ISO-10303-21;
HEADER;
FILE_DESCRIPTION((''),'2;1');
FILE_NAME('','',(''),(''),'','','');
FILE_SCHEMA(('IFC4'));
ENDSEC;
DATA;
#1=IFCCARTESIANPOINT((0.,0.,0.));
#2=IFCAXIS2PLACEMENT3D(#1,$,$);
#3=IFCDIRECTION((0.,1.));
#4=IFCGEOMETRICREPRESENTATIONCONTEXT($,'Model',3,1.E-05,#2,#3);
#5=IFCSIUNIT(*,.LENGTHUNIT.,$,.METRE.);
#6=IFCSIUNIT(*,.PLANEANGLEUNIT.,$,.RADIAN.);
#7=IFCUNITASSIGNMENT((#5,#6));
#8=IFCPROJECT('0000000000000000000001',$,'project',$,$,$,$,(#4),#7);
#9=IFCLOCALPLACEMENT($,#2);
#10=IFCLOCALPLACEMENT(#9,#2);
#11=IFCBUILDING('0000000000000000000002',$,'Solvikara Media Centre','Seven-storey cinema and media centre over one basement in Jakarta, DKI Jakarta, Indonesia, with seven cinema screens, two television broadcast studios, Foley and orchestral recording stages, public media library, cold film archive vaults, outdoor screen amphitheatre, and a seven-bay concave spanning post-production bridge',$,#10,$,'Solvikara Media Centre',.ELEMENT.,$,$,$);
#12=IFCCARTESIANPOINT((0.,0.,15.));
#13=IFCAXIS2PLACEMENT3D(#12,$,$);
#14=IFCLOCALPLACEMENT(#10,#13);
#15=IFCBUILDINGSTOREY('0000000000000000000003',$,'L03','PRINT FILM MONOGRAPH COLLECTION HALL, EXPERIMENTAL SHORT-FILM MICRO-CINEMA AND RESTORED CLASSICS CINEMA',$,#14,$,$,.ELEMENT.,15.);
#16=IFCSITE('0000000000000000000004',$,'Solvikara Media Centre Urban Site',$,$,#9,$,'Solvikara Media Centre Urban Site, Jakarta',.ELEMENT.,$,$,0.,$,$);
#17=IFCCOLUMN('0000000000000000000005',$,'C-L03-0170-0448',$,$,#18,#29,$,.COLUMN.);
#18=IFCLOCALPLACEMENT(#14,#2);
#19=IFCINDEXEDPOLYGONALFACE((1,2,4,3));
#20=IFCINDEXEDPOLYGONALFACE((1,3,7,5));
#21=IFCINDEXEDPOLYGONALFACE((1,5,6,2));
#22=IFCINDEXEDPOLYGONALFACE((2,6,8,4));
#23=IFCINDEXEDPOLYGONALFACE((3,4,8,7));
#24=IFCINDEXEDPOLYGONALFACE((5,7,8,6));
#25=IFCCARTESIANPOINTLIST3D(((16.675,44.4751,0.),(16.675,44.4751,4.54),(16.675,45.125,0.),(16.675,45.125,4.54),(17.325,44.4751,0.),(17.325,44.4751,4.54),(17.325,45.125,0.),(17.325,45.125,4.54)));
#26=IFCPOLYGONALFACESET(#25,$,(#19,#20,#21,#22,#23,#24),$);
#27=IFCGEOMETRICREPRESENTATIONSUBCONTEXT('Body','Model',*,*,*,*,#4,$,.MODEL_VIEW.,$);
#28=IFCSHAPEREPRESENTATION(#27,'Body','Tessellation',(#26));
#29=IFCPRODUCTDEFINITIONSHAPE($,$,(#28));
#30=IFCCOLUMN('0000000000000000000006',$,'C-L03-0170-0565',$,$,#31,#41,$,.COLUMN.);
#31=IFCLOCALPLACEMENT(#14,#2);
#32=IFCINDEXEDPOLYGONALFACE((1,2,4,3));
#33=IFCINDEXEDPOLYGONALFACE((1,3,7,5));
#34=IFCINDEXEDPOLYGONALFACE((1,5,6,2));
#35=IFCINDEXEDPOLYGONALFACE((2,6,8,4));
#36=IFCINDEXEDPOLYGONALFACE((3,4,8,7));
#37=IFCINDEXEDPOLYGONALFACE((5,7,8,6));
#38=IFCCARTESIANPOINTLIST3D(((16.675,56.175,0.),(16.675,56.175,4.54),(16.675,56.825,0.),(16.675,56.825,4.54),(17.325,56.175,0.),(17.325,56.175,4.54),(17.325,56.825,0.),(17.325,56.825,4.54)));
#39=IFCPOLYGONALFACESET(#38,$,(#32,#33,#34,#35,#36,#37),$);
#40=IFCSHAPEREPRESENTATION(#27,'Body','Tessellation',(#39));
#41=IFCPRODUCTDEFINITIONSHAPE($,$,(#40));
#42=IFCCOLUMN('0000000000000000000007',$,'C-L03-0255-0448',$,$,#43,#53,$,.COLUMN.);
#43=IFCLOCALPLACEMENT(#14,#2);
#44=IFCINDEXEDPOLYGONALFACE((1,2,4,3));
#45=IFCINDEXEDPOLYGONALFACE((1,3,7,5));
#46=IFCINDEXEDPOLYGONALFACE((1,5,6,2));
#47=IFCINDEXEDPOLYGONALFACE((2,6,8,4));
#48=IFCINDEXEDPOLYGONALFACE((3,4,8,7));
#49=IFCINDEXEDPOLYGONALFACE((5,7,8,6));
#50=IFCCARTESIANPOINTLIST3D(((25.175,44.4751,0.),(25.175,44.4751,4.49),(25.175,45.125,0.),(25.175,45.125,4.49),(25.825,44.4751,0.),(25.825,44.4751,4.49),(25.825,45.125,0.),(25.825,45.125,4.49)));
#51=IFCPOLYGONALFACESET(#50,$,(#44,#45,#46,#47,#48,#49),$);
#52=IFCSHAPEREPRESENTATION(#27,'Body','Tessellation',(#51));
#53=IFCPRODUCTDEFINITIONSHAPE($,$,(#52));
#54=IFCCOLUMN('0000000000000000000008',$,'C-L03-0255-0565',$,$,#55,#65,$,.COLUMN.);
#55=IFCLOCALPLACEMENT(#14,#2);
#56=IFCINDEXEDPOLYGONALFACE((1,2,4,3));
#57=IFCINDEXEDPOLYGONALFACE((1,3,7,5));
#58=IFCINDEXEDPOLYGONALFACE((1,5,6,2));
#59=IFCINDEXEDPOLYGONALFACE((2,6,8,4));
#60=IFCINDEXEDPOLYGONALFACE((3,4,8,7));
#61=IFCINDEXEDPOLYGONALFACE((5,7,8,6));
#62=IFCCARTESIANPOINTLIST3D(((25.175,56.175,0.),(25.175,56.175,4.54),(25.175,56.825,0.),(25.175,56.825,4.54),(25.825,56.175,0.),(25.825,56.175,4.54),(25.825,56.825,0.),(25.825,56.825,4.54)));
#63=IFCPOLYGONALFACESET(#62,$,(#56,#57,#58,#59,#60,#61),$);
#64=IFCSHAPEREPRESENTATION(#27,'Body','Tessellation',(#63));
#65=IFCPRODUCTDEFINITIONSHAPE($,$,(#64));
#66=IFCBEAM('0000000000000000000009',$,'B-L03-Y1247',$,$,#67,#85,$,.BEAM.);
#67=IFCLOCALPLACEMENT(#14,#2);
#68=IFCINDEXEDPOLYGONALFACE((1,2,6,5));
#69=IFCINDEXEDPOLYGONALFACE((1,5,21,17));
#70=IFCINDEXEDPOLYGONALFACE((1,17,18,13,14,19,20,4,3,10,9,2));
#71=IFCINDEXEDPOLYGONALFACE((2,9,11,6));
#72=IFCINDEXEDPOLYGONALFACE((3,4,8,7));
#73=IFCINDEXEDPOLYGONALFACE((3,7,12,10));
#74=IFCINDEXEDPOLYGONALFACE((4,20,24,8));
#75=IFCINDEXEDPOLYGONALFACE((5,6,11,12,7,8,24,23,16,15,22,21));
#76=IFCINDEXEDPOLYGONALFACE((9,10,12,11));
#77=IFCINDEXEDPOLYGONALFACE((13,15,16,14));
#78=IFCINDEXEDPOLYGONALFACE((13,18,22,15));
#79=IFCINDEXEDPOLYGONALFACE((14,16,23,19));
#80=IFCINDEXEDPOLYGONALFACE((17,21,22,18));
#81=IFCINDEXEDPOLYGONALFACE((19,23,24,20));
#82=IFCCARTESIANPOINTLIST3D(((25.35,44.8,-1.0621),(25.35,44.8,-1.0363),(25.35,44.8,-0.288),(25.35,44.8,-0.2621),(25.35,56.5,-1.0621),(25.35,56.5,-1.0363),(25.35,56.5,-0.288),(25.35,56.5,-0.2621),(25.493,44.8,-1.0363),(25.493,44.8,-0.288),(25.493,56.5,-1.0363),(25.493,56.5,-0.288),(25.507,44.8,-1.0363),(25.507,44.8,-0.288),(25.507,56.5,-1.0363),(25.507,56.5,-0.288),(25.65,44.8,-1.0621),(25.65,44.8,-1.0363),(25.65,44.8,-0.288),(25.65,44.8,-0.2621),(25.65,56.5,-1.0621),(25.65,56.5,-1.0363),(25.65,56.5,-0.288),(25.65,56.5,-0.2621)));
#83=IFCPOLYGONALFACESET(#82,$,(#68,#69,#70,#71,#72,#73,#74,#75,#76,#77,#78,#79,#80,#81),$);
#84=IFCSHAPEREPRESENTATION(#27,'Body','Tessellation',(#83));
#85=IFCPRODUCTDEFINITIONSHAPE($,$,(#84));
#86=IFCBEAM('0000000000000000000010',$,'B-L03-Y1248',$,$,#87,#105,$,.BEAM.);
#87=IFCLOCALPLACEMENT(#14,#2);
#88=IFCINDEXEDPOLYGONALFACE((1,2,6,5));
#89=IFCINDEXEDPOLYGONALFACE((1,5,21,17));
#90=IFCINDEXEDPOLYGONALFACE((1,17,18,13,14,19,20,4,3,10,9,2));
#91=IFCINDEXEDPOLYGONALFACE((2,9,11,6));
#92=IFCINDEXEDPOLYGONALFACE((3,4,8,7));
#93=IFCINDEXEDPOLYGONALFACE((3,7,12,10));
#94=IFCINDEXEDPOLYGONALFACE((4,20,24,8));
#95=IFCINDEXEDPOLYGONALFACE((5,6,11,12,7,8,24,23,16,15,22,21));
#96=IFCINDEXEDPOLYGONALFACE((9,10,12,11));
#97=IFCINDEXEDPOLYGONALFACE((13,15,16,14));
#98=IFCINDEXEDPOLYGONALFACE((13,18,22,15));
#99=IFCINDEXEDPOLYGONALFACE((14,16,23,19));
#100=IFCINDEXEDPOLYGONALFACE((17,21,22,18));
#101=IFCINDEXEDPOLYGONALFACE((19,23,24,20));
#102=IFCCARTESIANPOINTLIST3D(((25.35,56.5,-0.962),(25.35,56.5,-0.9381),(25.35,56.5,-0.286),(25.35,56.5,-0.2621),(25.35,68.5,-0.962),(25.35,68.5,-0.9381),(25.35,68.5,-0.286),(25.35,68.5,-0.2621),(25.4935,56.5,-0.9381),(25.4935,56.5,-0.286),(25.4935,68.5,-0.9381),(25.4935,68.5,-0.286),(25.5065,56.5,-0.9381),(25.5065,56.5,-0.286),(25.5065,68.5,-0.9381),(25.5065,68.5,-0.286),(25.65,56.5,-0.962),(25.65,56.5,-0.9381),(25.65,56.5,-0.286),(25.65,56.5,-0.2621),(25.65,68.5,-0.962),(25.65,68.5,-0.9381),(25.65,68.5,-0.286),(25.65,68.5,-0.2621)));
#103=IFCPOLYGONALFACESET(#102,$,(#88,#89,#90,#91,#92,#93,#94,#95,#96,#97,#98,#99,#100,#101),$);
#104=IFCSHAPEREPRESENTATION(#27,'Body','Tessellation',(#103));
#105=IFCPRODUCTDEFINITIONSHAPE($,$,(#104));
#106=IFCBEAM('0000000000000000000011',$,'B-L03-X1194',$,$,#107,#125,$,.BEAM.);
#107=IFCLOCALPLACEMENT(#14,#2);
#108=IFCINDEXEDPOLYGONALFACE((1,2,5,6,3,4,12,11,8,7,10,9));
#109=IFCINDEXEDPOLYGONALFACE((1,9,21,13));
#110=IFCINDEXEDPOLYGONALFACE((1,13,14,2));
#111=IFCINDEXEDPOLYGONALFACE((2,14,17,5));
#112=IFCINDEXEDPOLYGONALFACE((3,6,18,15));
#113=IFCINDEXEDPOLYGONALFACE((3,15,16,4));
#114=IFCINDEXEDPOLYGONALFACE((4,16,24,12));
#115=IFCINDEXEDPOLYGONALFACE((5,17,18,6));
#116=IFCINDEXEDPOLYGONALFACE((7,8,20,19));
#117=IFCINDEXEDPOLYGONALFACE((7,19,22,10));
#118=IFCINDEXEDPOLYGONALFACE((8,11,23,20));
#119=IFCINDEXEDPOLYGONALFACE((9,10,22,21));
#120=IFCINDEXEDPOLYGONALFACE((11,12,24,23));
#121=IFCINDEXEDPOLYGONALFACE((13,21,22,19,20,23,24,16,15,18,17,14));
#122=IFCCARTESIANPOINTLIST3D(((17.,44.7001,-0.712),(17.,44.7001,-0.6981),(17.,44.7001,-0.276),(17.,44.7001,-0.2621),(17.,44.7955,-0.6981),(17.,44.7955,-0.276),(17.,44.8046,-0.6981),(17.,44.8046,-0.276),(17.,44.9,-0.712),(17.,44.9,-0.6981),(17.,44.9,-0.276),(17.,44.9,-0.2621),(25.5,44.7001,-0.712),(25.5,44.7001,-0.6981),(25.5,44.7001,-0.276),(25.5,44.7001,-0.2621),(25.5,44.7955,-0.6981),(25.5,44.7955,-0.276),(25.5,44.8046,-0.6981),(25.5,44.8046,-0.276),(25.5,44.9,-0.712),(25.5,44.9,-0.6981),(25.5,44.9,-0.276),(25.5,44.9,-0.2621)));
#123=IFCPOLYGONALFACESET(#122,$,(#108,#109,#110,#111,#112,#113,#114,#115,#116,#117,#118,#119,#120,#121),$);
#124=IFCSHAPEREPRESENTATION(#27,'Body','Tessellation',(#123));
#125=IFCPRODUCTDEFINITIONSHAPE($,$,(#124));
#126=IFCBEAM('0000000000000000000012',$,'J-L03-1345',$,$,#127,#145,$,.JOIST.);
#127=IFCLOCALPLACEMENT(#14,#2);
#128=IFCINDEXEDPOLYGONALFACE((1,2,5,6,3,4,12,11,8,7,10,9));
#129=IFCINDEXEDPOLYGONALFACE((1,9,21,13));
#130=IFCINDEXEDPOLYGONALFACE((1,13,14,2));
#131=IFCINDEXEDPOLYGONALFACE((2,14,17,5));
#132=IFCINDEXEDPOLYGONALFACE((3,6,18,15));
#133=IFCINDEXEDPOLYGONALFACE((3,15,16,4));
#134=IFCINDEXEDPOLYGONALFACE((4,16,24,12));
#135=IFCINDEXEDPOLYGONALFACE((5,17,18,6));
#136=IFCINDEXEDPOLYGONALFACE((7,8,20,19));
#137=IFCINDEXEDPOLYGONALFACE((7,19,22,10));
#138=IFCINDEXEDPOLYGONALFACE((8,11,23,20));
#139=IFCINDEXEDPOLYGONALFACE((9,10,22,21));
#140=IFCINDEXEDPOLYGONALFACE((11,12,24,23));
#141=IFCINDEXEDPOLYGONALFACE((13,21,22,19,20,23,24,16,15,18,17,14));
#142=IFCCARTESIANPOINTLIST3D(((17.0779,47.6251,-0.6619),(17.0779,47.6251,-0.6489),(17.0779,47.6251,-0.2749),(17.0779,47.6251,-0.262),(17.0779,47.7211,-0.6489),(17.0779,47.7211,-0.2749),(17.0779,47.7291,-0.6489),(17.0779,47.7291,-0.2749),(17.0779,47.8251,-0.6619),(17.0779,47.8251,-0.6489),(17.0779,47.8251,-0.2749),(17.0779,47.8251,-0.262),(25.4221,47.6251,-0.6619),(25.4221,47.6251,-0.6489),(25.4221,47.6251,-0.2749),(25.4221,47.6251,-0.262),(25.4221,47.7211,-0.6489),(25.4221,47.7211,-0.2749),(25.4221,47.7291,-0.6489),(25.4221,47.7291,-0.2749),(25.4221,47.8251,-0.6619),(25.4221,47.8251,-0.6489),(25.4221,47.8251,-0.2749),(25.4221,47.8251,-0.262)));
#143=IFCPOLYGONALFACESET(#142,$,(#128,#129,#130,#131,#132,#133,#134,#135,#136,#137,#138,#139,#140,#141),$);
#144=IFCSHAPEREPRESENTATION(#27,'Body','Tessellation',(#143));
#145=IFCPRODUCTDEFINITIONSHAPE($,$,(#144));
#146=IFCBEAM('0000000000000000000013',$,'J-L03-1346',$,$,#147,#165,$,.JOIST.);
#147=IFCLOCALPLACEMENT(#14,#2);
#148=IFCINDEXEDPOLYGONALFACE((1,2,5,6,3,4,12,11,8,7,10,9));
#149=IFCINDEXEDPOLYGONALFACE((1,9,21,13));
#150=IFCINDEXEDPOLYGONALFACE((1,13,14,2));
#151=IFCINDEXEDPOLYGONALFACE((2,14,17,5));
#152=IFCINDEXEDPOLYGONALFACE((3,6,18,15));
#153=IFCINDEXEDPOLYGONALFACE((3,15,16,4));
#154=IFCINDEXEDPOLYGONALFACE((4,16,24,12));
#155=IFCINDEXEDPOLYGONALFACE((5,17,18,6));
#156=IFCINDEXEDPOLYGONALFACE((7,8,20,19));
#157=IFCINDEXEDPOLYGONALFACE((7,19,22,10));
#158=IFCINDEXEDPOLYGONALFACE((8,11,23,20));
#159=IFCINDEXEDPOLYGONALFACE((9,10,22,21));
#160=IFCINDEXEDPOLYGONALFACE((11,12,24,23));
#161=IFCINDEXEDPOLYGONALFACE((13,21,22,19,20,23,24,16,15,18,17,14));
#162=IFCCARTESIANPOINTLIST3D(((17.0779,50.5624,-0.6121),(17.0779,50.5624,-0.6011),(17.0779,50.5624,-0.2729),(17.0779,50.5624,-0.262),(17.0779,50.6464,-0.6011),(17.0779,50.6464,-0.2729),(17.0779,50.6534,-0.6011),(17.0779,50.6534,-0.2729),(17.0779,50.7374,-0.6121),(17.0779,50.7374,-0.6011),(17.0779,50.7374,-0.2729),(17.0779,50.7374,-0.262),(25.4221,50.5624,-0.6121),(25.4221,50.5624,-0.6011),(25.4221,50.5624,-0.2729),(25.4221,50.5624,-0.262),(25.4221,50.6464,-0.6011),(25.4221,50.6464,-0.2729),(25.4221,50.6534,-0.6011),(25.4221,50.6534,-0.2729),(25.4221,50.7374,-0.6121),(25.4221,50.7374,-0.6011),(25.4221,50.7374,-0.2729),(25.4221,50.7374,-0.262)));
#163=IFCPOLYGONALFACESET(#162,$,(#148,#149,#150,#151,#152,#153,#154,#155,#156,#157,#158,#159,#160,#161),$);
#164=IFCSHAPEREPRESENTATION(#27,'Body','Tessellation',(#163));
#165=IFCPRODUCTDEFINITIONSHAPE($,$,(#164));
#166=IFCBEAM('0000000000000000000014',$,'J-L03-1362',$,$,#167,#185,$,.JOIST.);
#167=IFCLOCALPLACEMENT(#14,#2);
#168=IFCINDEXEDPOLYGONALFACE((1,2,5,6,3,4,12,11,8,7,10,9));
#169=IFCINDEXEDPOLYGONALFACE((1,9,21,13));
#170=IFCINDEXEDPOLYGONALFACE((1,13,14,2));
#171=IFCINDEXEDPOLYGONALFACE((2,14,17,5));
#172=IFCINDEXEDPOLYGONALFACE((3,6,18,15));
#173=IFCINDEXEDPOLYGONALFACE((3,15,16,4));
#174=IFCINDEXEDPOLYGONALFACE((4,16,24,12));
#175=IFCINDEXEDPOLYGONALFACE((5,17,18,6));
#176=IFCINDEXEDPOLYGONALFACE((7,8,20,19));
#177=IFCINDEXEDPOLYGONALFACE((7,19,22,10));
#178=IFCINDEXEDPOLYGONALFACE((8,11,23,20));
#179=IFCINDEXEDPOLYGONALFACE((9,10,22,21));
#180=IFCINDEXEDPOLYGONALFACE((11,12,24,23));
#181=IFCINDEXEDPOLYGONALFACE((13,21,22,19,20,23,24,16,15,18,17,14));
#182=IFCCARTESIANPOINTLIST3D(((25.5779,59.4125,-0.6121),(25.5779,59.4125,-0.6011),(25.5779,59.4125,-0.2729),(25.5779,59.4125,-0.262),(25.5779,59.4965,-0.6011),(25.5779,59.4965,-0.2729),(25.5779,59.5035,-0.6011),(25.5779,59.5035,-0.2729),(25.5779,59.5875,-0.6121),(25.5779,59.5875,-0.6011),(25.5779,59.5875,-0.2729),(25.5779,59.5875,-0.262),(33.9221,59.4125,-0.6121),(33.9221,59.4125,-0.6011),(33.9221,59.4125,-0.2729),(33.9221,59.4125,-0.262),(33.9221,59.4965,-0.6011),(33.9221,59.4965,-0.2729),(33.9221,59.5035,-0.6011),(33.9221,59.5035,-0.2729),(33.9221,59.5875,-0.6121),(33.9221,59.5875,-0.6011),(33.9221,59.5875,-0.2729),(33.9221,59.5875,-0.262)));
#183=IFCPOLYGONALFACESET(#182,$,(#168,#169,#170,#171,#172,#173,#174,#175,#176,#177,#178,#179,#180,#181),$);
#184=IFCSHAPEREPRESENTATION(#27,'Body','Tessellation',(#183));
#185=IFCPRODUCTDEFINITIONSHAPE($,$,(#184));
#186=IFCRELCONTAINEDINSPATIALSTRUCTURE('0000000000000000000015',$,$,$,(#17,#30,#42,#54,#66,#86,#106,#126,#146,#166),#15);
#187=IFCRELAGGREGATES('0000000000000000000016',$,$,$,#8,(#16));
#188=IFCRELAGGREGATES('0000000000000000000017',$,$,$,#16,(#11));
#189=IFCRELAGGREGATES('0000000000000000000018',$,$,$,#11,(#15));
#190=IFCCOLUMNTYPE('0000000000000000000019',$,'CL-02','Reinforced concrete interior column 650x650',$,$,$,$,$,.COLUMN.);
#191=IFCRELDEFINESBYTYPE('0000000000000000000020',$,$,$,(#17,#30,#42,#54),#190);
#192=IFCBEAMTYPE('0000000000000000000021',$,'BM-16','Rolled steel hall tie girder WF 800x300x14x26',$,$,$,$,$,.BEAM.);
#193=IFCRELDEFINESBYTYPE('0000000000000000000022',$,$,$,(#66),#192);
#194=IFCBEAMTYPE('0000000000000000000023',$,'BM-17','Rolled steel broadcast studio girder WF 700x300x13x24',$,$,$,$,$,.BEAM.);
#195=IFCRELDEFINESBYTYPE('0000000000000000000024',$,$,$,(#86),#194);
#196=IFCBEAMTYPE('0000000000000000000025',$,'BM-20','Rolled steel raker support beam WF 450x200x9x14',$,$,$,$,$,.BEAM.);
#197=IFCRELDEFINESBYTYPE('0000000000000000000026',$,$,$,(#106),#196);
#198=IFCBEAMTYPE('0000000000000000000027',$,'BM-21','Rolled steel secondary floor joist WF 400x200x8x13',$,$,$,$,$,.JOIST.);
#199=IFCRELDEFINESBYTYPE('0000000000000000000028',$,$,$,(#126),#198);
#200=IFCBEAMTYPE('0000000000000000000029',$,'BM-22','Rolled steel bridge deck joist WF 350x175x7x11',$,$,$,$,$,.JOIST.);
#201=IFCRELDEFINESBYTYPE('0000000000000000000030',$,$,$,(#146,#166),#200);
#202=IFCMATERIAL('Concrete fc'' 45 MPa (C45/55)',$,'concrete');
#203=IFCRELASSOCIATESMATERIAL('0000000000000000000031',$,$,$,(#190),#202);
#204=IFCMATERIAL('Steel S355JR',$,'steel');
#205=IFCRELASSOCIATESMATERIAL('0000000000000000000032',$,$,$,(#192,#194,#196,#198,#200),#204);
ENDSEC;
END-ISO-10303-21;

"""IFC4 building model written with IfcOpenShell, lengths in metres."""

from ifc_helpers import new_model, si_unit, direction, frame, origin, origin_2d, place, context, subcontext, project, spatial, rectangle, i_section, extrude, material, material_profile, profile_set, type_object, element, save


model = new_model("IFC4")

# Units and contexts
model_context = context("Model", 3, precision=1e-05, world=origin(), true_north=direction((0.0, 1.0)))
body_context = subcontext(model_context, "Body", "Model", "MODEL_VIEW")
ifc_project = project(units=[si_unit("LENGTHUNIT", "METRE"), si_unit("PLANEANGLEUNIT", "RADIAN")], contexts=[model_context])

# Site, building, storey
site_placement = place(None, origin())
site = spatial("IfcSite", under=ifc_project, at=site_placement, Name="Solvikara Media Centre Urban Site", LongName="Solvikara Media Centre Urban Site, Jakarta", CompositionType="ELEMENT", RefElevation=0.0)
building_placement = place(site_placement, origin())
building = spatial("IfcBuilding", under=site, at=building_placement, Name="Solvikara Media Centre", Description="Seven-storey cinema and media centre over one basement in Jakarta, DKI Jakarta, Indonesia, with seven cinema screens, two television broadcast studios, Foley and orchestral recording stages, public media library, cold film archive vaults, outdoor screen amphitheatre, and a seven-bay concave spanning post-production bridge", LongName="Solvikara Media Centre", CompositionType="ELEMENT")
storey_placement = place(building_placement, frame((0.0, 0.0, 15.0)))
storey = spatial("IfcBuildingStorey", under=building, at=storey_placement, Name="L03", Description="PRINT FILM MONOGRAPH COLLECTION HALL, EXPERIMENTAL SHORT-FILM MICRO-CINEMA AND RESTORED CLASSICS CINEMA", CompositionType="ELEMENT", Elevation=15.0)

# Columns
ifc_material_1 = material(Name="Concrete fc' 45 MPa (C45/55)", Category="concrete")
ifc_material_profile_1 = material_profile(ifc_material_1, rectangle(XDim=0.6499, YDim=0.6499, at=origin_2d()), Name="RC 650x650")
ifc_profile_set_1 = profile_set([ifc_material_profile_1], Name="Concrete fc' 45 MPa (C45/55)")
column_type = type_object("IfcColumnType", Name="CL-02", Description="Reinforced concrete interior column 650x650", PredefinedType="COLUMN", material=ifc_profile_set_1)
for number, where, z_axis, x_axis, name in (
    (1, (17.0, 44.8, 0.0), (0.0, 0.0, 1.0), (1.0, 0.0, 0.0), "C-L03-0170-0448"),
    (2, (17.0, 56.5, 0.0), (0.0, 0.0, 1.0), (1.0, 0.0, 0.0), "C-L03-0170-0565"),
):
    element("IfcColumn", number, at=place(storey_placement, frame(where, z_axis=z_axis, x_axis=x_axis)), inside=storey, type_object=column_type, Name=name, PredefinedType="COLUMN", context=body_context, shape_type="SweptSolid", body=[
        extrude(rectangle(XDim=0.6499, YDim=0.6499, at=origin_2d()), origin(), (0.0, 0.0, 1.0), 4.54),
    ])
column_1_placement = place(storey_placement, frame((25.5, 44.8, 0.0), z_axis=(0.0, 0.0, 1.0), x_axis=(1.0, 0.0, 0.0)))
element("IfcColumn", 3, at=column_1_placement, inside=storey, type_object=column_type, Name="C-L03-0255-0448", PredefinedType="COLUMN", context=body_context, shape_type="SweptSolid", body=[
    extrude(rectangle(XDim=0.6499, YDim=0.6499, at=origin_2d()), origin(), (0.0, 0.0, 1.0), 4.49),
])
column_2_placement = place(storey_placement, frame((25.5, 56.5, 0.0), z_axis=(0.0, 0.0, 1.0), x_axis=(1.0, 0.0, 0.0)))
element("IfcColumn", 4, at=column_2_placement, inside=storey, type_object=column_type, Name="C-L03-0255-0565", PredefinedType="COLUMN", context=body_context, shape_type="SweptSolid", body=[
    extrude(rectangle(XDim=0.6499, YDim=0.6499, at=origin_2d()), origin(), (0.0, 0.0, 1.0), 4.54),
])

# Beams
ifc_material_2 = material(Name="Steel S355JR", Category="steel")
ifc_material_profile_2 = material_profile(ifc_material_2, i_section(OverallWidth=0.3, OverallDepth=0.8, WebThickness=0.0139, FlangeThickness=0.0259, at=origin_2d()), Name="WF 800x300x14x26")
ifc_profile_set_2 = profile_set([ifc_material_profile_2], Name="Steel S355JR")
beam_type_1 = type_object("IfcBeamType", Name="BM-16", Description="Rolled steel hall tie girder WF 800x300x14x26", PredefinedType="BEAM", material=ifc_profile_set_2)
beam_1_placement = place(storey_placement, frame((25.5, 44.8, -0.6621), z_axis=(0.0, 1.0, 0.0), x_axis=(-1.0, 0.0, 0.0)))
element("IfcBeam", 5, at=beam_1_placement, inside=storey, type_object=beam_type_1, Name="B-L03-Y1247", PredefinedType="BEAM", context=body_context, shape_type="SweptSolid", body=[
    extrude(i_section(OverallWidth=0.3, OverallDepth=0.8, WebThickness=0.0139, FlangeThickness=0.0259, at=origin_2d()), origin(), (0.0, 0.0, 1.0), 11.7),
])
ifc_material_profile_3 = material_profile(ifc_material_2, i_section(OverallWidth=0.3, OverallDepth=0.7, WebThickness=0.0129, FlangeThickness=0.0239, at=origin_2d()), Name="WF 700x300x13x24")
ifc_profile_set_3 = profile_set([ifc_material_profile_3], Name="Steel S355JR")
beam_type_2 = type_object("IfcBeamType", Name="BM-17", Description="Rolled steel broadcast studio girder WF 700x300x13x24", PredefinedType="BEAM", material=ifc_profile_set_3)
beam_2_placement = place(storey_placement, frame((25.5, 56.5, -0.6121), z_axis=(0.0, 1.0, 0.0), x_axis=(-1.0, 0.0, 0.0)))
element("IfcBeam", 6, at=beam_2_placement, inside=storey, type_object=beam_type_2, Name="B-L03-Y1248", PredefinedType="BEAM", context=body_context, shape_type="SweptSolid", body=[
    extrude(i_section(OverallWidth=0.3, OverallDepth=0.7, WebThickness=0.0129, FlangeThickness=0.0239, at=origin_2d()), origin(), (0.0, 0.0, 1.0), 12.0),
])
ifc_material_profile_4 = material_profile(ifc_material_2, i_section(OverallWidth=0.2, OverallDepth=0.45, WebThickness=0.009, FlangeThickness=0.0139, at=origin_2d()), Name="WF 450x200x9x14")
ifc_profile_set_4 = profile_set([ifc_material_profile_4], Name="Steel S355JR")
beam_type_3 = type_object("IfcBeamType", Name="BM-20", Description="Rolled steel raker support beam WF 450x200x9x14", PredefinedType="BEAM", material=ifc_profile_set_4)
beam_3_placement = place(storey_placement, frame((17.0, 44.8, -0.4871), z_axis=(1.0, 0.0, 0.0), x_axis=(0.0, 1.0, 0.0)))
element("IfcBeam", 7, at=beam_3_placement, inside=storey, type_object=beam_type_3, Name="B-L03-X1194", PredefinedType="BEAM", context=body_context, shape_type="SweptSolid", body=[
    extrude(i_section(OverallWidth=0.2, OverallDepth=0.45, WebThickness=0.009, FlangeThickness=0.0139, at=origin_2d()), origin(), (0.0, 0.0, 1.0), 8.5),
])
ifc_material_profile_5 = material_profile(ifc_material_2, i_section(OverallWidth=0.2, OverallDepth=0.3999, WebThickness=0.0081, FlangeThickness=0.0129, at=origin_2d()), Name="WF 400x200x8x13")
ifc_profile_set_5 = profile_set([ifc_material_profile_5], Name="Steel S355JR")
beam_type_4 = type_object("IfcBeamType", Name="BM-21", Description="Rolled steel secondary floor joist WF 400x200x8x13", PredefinedType="JOIST", material=ifc_profile_set_5)
beam_4_placement = place(storey_placement, frame((17.0779, 47.7251, -0.4619), z_axis=(1.0, 0.0, 0.0), x_axis=(0.0, 1.0, 0.0)))
element("IfcBeam", 8, at=beam_4_placement, inside=storey, type_object=beam_type_4, Name="J-L03-1345", PredefinedType="JOIST", context=body_context, shape_type="SweptSolid", body=[
    extrude(i_section(OverallWidth=0.2, OverallDepth=0.3999, WebThickness=0.0081, FlangeThickness=0.0129, at=origin_2d()), origin(), (0.0, 0.0, 1.0), 8.3442),
])
ifc_material_profile_6 = material_profile(ifc_material_2, i_section(OverallWidth=0.175, OverallDepth=0.3501, WebThickness=0.0071, FlangeThickness=0.011, at=origin_2d()), Name="WF 350x175x7x11")
ifc_profile_set_6 = profile_set([ifc_material_profile_6], Name="Steel S355JR")
beam_type_5 = type_object("IfcBeamType", Name="BM-22", Description="Rolled steel bridge deck joist WF 350x175x7x11", PredefinedType="JOIST", material=ifc_profile_set_6)
for number, where, z_axis, x_axis, name in (
    (9, (17.0779, 50.6499, -0.437), (1.0, 0.0, 0.0), (0.0, 1.0, 0.0), "J-L03-1346"),
    (10, (25.5779, 59.5, -0.437), (1.0, 0.0, 0.0), (0.0, 1.0, 0.0), "J-L03-1362"),
):
    element("IfcBeam", number, at=place(storey_placement, frame(where, z_axis=z_axis, x_axis=x_axis)), inside=storey, type_object=beam_type_5, Name=name, PredefinedType="JOIST", context=body_context, shape_type="SweptSolid", body=[
        extrude(i_section(OverallWidth=0.175, OverallDepth=0.3501, WebThickness=0.0071, FlangeThickness=0.011, at=origin_2d()), origin(), (0.0, 0.0, 1.0), 8.3442),
    ])

save(model, "model.ifc")
